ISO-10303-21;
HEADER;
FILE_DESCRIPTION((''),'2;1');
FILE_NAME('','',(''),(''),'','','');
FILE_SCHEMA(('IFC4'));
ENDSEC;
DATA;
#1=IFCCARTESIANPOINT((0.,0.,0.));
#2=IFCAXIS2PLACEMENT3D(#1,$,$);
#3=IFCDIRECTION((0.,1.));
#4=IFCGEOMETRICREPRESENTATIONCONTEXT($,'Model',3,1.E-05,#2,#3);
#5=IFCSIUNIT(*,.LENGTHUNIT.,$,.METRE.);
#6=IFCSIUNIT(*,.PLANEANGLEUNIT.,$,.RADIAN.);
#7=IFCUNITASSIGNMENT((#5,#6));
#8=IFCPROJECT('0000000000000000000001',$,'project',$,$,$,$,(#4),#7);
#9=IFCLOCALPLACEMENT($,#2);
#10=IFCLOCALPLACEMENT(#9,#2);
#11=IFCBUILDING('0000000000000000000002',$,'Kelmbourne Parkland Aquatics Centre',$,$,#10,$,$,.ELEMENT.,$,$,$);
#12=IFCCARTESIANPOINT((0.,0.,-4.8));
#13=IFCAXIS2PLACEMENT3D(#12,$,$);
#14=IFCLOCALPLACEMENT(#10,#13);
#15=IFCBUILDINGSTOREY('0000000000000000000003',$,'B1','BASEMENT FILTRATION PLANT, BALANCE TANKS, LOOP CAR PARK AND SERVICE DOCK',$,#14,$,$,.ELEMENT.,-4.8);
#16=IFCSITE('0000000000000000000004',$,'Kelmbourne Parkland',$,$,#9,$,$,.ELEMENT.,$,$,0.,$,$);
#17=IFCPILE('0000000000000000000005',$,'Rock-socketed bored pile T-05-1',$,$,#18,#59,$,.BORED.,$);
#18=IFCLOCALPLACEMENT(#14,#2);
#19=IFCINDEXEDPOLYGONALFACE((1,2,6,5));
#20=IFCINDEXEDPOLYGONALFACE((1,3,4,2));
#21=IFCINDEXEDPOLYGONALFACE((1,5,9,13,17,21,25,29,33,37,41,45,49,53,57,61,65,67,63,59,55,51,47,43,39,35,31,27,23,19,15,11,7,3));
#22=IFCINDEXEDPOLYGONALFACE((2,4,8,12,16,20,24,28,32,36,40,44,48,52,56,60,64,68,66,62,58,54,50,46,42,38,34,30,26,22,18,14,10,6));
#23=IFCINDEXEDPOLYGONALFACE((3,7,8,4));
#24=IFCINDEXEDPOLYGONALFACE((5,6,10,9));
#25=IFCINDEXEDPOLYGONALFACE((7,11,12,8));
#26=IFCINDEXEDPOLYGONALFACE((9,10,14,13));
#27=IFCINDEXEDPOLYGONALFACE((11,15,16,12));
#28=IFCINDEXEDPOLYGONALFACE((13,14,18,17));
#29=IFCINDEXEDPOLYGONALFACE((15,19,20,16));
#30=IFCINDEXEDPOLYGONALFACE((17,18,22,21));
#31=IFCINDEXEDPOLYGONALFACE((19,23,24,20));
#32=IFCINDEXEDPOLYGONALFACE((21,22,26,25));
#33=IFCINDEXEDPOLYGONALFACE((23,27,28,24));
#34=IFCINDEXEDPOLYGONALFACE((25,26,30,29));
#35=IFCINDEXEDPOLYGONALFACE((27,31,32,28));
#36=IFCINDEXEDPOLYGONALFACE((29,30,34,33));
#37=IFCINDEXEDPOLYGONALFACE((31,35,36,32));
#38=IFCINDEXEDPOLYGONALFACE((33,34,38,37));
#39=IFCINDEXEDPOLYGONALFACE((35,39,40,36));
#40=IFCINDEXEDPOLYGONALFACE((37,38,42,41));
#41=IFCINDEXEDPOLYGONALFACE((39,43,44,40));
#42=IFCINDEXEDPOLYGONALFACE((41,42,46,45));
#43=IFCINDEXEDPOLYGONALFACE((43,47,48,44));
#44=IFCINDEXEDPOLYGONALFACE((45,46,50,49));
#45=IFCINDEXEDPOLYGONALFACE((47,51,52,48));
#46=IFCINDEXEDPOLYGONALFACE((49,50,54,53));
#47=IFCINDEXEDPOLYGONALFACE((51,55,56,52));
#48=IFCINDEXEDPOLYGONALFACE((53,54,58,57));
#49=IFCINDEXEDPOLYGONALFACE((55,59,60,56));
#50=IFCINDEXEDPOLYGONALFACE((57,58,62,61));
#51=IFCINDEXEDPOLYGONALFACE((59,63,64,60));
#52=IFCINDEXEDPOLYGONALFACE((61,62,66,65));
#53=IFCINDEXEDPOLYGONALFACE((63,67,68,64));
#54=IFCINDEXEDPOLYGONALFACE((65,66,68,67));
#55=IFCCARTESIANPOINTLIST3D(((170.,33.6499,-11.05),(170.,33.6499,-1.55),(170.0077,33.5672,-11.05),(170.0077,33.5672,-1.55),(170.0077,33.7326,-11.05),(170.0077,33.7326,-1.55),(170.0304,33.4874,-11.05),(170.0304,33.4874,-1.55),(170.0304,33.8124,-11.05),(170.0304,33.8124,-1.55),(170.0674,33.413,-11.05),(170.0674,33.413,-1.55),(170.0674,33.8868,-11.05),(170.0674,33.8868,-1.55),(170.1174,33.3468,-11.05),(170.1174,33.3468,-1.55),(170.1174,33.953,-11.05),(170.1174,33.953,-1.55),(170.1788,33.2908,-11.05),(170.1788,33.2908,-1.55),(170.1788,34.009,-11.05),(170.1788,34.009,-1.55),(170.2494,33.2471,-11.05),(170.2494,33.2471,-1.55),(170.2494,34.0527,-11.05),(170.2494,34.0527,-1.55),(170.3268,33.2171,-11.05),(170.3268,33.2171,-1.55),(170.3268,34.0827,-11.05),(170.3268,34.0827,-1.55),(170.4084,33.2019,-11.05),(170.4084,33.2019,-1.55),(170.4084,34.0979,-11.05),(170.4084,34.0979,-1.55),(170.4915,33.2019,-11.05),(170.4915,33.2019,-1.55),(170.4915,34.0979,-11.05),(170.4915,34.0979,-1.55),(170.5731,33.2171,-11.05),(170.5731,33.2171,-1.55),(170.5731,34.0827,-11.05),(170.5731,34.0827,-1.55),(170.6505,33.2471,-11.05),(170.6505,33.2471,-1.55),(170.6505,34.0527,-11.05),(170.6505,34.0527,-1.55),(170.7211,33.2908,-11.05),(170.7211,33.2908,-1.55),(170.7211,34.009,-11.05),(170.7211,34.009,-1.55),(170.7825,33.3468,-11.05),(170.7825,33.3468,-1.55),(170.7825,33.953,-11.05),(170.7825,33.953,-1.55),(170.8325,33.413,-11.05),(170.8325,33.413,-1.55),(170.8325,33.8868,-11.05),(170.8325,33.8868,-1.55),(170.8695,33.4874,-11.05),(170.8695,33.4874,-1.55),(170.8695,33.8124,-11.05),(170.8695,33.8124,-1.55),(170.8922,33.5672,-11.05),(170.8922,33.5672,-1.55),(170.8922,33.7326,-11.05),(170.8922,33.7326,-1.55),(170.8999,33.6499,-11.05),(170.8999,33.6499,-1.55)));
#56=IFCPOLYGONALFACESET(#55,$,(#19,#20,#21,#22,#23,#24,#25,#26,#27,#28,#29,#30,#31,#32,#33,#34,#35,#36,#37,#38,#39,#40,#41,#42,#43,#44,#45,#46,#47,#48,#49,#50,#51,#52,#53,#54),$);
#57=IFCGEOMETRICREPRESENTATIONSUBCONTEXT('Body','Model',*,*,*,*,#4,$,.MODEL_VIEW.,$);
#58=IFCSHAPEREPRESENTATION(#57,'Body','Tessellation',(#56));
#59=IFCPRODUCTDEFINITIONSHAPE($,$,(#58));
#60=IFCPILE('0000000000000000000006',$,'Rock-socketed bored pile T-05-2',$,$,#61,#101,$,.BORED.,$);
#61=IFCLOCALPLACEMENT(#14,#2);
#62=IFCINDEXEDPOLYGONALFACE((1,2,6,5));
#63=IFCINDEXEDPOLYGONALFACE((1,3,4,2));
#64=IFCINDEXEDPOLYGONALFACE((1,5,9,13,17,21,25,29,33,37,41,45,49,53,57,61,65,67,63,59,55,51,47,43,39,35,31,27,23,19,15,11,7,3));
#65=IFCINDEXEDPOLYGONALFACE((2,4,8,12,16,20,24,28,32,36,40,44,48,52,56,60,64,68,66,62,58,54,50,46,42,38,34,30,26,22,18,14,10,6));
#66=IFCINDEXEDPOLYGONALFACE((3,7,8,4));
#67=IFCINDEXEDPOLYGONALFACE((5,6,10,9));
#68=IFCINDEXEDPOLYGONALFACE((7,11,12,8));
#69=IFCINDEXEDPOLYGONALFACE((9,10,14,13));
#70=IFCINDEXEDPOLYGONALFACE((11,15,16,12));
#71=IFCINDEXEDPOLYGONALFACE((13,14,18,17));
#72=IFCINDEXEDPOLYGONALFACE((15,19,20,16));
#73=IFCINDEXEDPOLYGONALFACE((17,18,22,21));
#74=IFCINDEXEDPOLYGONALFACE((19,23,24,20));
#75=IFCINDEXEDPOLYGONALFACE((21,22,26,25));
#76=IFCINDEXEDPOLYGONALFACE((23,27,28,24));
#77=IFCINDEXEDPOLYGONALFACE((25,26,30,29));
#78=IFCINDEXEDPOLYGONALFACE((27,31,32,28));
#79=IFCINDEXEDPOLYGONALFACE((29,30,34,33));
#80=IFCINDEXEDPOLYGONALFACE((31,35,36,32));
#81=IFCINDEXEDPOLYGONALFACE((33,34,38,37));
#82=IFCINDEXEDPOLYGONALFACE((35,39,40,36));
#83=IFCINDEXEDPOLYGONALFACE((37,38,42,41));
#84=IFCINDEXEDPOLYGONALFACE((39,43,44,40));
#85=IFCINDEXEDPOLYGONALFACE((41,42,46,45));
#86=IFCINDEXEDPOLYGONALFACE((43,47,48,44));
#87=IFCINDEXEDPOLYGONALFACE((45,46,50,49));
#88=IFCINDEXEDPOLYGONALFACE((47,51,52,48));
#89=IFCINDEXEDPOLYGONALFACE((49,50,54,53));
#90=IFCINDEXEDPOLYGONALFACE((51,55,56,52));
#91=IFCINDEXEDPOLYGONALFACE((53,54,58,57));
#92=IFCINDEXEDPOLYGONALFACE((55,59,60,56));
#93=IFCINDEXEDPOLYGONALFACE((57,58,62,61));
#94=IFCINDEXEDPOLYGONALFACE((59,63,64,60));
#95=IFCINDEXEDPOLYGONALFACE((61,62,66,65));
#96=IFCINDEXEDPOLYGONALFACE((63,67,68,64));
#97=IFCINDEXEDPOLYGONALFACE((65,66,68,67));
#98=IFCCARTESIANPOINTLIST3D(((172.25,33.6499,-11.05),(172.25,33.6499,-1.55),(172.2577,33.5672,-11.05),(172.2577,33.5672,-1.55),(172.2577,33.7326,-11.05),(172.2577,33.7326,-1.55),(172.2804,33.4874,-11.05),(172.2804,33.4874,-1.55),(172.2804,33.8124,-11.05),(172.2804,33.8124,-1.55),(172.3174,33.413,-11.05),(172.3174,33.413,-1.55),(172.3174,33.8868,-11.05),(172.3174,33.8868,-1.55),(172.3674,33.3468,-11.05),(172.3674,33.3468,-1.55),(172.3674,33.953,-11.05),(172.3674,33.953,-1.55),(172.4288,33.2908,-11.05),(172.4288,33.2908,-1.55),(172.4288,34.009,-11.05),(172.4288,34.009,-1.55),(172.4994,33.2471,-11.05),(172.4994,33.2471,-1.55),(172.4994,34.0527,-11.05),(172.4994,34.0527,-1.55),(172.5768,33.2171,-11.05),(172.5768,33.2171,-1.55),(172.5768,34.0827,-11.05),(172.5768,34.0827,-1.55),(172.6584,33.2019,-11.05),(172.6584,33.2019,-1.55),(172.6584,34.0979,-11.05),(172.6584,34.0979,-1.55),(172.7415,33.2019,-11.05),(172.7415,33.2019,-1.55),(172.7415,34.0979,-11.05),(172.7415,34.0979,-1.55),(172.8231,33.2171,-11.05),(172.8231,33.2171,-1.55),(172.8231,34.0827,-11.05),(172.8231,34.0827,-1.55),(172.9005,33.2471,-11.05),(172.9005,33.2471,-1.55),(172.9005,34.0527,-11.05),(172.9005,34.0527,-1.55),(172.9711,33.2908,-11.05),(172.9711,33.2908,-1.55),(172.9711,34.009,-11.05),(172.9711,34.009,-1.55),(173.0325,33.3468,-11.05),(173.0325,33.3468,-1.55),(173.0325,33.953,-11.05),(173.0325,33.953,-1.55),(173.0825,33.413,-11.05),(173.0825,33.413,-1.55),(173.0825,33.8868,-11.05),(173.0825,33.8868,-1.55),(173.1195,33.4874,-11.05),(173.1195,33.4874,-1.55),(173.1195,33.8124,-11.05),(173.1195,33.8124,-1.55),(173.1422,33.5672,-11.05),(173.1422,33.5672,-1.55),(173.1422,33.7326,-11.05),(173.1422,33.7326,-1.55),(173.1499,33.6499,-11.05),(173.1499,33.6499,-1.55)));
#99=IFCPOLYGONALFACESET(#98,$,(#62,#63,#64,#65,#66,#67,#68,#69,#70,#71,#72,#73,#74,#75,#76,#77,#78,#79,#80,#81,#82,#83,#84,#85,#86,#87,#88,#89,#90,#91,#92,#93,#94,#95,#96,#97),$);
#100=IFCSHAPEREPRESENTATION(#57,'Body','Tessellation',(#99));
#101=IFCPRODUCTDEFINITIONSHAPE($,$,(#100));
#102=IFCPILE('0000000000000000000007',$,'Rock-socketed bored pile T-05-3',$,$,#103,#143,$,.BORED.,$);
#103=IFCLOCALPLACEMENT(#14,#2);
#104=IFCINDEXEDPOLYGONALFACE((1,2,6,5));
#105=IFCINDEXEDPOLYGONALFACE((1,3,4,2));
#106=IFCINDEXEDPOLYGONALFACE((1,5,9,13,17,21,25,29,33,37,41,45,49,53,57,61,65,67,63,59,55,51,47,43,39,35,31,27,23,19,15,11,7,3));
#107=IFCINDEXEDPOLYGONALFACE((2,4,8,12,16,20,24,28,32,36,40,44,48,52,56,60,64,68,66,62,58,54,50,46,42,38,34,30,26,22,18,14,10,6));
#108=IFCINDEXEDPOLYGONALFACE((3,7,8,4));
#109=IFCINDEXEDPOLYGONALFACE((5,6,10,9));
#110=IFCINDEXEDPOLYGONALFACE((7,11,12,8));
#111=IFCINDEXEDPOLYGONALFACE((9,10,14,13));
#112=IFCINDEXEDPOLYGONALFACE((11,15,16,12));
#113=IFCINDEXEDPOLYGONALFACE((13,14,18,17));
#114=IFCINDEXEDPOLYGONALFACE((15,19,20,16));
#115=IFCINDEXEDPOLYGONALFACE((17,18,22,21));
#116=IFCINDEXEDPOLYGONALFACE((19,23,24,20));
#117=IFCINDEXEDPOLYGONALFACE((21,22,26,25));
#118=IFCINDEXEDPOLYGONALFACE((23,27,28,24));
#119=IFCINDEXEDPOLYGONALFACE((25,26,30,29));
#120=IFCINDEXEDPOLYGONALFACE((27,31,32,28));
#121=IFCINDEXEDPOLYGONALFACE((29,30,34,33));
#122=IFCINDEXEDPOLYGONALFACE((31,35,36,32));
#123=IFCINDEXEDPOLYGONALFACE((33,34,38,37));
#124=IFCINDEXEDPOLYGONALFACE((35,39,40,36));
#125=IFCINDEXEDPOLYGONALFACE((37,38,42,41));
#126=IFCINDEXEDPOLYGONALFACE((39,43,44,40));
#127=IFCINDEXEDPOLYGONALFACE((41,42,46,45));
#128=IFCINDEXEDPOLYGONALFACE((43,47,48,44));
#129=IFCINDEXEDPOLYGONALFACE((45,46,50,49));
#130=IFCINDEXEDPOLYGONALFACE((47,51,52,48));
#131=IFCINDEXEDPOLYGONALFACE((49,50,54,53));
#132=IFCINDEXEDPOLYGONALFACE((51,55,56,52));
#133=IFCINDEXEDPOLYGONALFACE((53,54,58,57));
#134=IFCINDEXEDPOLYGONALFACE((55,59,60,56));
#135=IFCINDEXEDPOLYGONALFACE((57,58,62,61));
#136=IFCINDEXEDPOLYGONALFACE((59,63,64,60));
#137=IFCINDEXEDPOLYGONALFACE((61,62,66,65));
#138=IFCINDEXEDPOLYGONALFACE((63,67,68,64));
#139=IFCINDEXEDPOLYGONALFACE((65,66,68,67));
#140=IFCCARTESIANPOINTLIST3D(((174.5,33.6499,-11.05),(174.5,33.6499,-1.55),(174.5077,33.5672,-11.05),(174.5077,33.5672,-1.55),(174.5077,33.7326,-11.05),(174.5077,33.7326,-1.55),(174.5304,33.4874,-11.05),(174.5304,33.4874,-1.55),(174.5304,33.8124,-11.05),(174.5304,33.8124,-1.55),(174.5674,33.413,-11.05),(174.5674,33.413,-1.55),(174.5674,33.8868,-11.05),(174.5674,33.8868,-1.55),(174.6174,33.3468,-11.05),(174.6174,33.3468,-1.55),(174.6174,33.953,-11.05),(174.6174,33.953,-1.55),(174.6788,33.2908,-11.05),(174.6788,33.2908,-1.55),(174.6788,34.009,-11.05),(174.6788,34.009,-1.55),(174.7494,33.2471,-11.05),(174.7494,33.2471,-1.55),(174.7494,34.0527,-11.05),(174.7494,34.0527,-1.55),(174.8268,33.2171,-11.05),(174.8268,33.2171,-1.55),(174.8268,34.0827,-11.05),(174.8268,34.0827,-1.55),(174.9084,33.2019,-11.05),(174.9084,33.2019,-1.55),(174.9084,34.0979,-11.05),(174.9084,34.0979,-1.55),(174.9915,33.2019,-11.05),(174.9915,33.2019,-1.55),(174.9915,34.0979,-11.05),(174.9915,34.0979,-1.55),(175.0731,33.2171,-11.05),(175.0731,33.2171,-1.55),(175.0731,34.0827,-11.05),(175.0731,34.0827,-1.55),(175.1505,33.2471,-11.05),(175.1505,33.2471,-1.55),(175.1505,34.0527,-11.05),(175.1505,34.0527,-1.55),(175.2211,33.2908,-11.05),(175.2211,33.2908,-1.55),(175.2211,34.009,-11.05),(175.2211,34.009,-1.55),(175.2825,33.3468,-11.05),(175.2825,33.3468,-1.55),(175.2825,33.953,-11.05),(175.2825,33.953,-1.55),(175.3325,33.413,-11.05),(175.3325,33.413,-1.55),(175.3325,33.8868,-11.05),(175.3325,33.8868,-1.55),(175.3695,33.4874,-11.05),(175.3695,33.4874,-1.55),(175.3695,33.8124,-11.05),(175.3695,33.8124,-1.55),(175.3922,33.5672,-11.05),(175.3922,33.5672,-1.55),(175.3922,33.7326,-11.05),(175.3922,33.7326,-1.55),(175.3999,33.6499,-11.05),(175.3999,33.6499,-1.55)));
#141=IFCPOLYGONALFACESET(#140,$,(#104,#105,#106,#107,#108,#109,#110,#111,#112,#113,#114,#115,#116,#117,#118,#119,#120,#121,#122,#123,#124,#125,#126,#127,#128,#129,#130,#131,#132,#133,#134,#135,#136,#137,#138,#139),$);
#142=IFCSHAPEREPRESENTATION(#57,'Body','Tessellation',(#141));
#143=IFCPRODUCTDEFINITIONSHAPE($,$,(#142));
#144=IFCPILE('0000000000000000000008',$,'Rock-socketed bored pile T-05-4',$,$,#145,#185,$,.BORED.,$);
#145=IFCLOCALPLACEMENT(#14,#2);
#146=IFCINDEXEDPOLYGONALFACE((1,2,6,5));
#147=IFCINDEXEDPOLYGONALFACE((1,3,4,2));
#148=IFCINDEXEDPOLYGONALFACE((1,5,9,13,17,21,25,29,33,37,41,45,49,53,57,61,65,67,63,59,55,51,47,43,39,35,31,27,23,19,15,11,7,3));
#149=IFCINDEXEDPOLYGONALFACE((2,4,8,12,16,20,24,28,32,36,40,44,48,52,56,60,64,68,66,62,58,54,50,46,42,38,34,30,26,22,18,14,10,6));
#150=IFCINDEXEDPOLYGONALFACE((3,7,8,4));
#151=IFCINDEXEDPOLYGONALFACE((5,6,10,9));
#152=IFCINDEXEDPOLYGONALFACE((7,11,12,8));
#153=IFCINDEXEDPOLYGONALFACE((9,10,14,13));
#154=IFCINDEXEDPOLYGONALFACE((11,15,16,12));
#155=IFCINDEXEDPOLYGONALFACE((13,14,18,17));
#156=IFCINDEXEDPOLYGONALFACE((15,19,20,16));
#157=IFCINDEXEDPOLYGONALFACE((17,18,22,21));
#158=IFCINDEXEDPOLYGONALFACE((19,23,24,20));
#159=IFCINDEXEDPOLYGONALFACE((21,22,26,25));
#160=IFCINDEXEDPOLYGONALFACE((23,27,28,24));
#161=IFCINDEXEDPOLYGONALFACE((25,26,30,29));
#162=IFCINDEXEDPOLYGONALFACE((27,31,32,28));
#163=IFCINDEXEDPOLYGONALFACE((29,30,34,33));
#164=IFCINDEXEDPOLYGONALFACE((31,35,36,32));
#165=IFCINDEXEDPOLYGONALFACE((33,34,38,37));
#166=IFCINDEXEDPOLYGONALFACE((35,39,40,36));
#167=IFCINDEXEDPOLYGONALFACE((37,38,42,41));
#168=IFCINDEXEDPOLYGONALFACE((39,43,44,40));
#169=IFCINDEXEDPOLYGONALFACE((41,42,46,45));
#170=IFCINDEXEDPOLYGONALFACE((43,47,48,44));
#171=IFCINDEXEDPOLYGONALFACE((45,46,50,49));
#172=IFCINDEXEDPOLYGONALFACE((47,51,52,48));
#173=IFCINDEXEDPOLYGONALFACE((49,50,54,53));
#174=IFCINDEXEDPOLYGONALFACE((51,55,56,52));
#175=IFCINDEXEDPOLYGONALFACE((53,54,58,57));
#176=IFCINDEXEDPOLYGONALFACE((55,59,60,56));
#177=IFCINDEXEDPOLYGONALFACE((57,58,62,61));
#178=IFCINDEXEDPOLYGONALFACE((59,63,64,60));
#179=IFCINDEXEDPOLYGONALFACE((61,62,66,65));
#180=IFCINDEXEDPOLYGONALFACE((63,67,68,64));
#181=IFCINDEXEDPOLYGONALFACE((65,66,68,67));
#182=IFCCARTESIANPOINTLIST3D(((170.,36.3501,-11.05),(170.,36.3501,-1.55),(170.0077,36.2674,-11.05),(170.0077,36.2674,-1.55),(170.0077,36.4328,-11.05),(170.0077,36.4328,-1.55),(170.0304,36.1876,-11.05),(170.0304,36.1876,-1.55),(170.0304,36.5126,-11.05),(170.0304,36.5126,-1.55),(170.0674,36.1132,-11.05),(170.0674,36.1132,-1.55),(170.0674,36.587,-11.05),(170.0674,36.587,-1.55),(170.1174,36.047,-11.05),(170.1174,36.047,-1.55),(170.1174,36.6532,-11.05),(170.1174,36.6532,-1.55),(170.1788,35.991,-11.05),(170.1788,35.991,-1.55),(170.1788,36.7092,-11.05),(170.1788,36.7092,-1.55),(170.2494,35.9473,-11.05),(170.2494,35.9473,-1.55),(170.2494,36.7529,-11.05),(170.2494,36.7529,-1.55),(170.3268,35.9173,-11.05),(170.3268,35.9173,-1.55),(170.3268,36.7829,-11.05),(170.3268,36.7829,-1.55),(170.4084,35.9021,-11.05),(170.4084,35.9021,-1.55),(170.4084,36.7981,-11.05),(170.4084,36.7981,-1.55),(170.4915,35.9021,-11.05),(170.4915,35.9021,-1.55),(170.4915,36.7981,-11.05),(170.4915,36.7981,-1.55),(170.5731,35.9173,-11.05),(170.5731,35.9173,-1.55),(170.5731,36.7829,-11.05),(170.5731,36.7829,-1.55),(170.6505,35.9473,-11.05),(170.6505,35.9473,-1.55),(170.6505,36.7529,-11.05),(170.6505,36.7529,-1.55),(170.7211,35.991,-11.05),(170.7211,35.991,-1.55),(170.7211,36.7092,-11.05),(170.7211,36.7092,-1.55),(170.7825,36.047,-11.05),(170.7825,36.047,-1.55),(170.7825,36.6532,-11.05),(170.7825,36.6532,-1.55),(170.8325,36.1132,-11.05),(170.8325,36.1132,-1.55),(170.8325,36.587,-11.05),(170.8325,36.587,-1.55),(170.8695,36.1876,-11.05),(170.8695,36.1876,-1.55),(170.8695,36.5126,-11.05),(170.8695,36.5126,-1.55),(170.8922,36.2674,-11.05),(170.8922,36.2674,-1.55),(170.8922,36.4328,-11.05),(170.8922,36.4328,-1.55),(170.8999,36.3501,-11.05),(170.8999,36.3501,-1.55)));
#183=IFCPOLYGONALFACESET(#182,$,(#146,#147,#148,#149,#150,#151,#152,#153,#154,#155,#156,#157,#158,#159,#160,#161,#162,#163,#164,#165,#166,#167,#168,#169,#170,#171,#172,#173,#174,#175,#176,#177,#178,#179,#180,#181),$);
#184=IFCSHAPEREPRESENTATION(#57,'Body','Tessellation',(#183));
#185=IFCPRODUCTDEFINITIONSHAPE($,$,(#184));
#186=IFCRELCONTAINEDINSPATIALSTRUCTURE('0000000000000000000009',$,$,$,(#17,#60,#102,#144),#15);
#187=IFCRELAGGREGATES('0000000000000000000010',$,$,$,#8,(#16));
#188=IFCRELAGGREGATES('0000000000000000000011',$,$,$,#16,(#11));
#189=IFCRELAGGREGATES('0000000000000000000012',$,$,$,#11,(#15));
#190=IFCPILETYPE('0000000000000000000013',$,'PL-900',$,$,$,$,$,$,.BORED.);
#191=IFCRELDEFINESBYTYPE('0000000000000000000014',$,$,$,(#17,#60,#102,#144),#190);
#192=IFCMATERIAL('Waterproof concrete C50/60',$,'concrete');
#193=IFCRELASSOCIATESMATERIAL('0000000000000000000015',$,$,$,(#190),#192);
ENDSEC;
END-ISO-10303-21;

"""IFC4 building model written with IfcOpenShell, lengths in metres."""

from ifc_helpers import new_model, si_unit, direction, frame, origin, origin_2d, place, context, subcontext, project, spatial, circle, extrude, material, material_profile, profile_set, type_object, element, save


model = new_model("IFC4")

# Units and contexts
model_context = context("Model", 3, precision=1e-05, world=origin(), true_north=direction((0.0, 1.0)))
body_context = subcontext(model_context, "Body", "Model", "MODEL_VIEW")
ifc_project = project(units=[si_unit("LENGTHUNIT", "METRE"), si_unit("PLANEANGLEUNIT", "RADIAN")], contexts=[model_context])

# Site, building, storey
site_placement = place(None, origin())
site = spatial("IfcSite", under=ifc_project, at=site_placement, Name="Kelmbourne Parkland", CompositionType="ELEMENT", RefElevation=0.0)
building_placement = place(site_placement, origin())
building = spatial("IfcBuilding", under=site, at=building_placement, Name="Kelmbourne Parkland Aquatics Centre", CompositionType="ELEMENT")
storey_placement = place(building_placement, frame((0.0, 0.0, -4.8)))
storey = spatial("IfcBuildingStorey", under=building, at=storey_placement, Name="B1", Description="BASEMENT FILTRATION PLANT, BALANCE TANKS, LOOP CAR PARK AND SERVICE DOCK", CompositionType="ELEMENT", Elevation=-4.8)

# Shared definitions
ifc_material_1 = material(Name="Waterproof concrete C50/60", Category="concrete")

# Piles
ifc_material_profile_1 = material_profile(ifc_material_1, circle(Radius=0.45, at=origin_2d()), Name="PILE D900")
ifc_profile_set_1 = profile_set([ifc_material_profile_1], Name="Waterproof concrete C50/60")
pile_type_1 = type_object("IfcPileType", Name="PL-900", PredefinedType="BORED", material=ifc_profile_set_1)
for number, where, z_axis, x_axis, name in (
    (1, (170.45, 33.6499, -1.55), (0.0, 0.0, -1.0), (1.0, 0.0, 0.0), "Rock-socketed bored pile T-05-1"),
    (2, (172.7, 33.6499, -1.55), (0.0, 0.0, -1.0), (1.0, 0.0, 0.0), "Rock-socketed bored pile T-05-2"),
    (3, (174.95, 33.6499, -1.55), (0.0, 0.0, -1.0), (1.0, 0.0, 0.0), "Rock-socketed bored pile T-05-3"),
    (4, (170.45, 36.3501, -1.55), (0.0, 0.0, -1.0), (1.0, 0.0, 0.0), "Rock-socketed bored pile T-05-4"),
):
    element("IfcPile", number, at=place(storey_placement, frame(where, z_axis=z_axis, x_axis=x_axis)), inside=storey, type_object=pile_type_1, Name=name, PredefinedType="BORED", context=body_context, shape_type="SweptSolid", body=[
        extrude(circle(Radius=0.45, at=origin_2d()), origin(), (0.0, 0.0, 1.0), 9.5),
    ])

save(model, "model.ifc")
